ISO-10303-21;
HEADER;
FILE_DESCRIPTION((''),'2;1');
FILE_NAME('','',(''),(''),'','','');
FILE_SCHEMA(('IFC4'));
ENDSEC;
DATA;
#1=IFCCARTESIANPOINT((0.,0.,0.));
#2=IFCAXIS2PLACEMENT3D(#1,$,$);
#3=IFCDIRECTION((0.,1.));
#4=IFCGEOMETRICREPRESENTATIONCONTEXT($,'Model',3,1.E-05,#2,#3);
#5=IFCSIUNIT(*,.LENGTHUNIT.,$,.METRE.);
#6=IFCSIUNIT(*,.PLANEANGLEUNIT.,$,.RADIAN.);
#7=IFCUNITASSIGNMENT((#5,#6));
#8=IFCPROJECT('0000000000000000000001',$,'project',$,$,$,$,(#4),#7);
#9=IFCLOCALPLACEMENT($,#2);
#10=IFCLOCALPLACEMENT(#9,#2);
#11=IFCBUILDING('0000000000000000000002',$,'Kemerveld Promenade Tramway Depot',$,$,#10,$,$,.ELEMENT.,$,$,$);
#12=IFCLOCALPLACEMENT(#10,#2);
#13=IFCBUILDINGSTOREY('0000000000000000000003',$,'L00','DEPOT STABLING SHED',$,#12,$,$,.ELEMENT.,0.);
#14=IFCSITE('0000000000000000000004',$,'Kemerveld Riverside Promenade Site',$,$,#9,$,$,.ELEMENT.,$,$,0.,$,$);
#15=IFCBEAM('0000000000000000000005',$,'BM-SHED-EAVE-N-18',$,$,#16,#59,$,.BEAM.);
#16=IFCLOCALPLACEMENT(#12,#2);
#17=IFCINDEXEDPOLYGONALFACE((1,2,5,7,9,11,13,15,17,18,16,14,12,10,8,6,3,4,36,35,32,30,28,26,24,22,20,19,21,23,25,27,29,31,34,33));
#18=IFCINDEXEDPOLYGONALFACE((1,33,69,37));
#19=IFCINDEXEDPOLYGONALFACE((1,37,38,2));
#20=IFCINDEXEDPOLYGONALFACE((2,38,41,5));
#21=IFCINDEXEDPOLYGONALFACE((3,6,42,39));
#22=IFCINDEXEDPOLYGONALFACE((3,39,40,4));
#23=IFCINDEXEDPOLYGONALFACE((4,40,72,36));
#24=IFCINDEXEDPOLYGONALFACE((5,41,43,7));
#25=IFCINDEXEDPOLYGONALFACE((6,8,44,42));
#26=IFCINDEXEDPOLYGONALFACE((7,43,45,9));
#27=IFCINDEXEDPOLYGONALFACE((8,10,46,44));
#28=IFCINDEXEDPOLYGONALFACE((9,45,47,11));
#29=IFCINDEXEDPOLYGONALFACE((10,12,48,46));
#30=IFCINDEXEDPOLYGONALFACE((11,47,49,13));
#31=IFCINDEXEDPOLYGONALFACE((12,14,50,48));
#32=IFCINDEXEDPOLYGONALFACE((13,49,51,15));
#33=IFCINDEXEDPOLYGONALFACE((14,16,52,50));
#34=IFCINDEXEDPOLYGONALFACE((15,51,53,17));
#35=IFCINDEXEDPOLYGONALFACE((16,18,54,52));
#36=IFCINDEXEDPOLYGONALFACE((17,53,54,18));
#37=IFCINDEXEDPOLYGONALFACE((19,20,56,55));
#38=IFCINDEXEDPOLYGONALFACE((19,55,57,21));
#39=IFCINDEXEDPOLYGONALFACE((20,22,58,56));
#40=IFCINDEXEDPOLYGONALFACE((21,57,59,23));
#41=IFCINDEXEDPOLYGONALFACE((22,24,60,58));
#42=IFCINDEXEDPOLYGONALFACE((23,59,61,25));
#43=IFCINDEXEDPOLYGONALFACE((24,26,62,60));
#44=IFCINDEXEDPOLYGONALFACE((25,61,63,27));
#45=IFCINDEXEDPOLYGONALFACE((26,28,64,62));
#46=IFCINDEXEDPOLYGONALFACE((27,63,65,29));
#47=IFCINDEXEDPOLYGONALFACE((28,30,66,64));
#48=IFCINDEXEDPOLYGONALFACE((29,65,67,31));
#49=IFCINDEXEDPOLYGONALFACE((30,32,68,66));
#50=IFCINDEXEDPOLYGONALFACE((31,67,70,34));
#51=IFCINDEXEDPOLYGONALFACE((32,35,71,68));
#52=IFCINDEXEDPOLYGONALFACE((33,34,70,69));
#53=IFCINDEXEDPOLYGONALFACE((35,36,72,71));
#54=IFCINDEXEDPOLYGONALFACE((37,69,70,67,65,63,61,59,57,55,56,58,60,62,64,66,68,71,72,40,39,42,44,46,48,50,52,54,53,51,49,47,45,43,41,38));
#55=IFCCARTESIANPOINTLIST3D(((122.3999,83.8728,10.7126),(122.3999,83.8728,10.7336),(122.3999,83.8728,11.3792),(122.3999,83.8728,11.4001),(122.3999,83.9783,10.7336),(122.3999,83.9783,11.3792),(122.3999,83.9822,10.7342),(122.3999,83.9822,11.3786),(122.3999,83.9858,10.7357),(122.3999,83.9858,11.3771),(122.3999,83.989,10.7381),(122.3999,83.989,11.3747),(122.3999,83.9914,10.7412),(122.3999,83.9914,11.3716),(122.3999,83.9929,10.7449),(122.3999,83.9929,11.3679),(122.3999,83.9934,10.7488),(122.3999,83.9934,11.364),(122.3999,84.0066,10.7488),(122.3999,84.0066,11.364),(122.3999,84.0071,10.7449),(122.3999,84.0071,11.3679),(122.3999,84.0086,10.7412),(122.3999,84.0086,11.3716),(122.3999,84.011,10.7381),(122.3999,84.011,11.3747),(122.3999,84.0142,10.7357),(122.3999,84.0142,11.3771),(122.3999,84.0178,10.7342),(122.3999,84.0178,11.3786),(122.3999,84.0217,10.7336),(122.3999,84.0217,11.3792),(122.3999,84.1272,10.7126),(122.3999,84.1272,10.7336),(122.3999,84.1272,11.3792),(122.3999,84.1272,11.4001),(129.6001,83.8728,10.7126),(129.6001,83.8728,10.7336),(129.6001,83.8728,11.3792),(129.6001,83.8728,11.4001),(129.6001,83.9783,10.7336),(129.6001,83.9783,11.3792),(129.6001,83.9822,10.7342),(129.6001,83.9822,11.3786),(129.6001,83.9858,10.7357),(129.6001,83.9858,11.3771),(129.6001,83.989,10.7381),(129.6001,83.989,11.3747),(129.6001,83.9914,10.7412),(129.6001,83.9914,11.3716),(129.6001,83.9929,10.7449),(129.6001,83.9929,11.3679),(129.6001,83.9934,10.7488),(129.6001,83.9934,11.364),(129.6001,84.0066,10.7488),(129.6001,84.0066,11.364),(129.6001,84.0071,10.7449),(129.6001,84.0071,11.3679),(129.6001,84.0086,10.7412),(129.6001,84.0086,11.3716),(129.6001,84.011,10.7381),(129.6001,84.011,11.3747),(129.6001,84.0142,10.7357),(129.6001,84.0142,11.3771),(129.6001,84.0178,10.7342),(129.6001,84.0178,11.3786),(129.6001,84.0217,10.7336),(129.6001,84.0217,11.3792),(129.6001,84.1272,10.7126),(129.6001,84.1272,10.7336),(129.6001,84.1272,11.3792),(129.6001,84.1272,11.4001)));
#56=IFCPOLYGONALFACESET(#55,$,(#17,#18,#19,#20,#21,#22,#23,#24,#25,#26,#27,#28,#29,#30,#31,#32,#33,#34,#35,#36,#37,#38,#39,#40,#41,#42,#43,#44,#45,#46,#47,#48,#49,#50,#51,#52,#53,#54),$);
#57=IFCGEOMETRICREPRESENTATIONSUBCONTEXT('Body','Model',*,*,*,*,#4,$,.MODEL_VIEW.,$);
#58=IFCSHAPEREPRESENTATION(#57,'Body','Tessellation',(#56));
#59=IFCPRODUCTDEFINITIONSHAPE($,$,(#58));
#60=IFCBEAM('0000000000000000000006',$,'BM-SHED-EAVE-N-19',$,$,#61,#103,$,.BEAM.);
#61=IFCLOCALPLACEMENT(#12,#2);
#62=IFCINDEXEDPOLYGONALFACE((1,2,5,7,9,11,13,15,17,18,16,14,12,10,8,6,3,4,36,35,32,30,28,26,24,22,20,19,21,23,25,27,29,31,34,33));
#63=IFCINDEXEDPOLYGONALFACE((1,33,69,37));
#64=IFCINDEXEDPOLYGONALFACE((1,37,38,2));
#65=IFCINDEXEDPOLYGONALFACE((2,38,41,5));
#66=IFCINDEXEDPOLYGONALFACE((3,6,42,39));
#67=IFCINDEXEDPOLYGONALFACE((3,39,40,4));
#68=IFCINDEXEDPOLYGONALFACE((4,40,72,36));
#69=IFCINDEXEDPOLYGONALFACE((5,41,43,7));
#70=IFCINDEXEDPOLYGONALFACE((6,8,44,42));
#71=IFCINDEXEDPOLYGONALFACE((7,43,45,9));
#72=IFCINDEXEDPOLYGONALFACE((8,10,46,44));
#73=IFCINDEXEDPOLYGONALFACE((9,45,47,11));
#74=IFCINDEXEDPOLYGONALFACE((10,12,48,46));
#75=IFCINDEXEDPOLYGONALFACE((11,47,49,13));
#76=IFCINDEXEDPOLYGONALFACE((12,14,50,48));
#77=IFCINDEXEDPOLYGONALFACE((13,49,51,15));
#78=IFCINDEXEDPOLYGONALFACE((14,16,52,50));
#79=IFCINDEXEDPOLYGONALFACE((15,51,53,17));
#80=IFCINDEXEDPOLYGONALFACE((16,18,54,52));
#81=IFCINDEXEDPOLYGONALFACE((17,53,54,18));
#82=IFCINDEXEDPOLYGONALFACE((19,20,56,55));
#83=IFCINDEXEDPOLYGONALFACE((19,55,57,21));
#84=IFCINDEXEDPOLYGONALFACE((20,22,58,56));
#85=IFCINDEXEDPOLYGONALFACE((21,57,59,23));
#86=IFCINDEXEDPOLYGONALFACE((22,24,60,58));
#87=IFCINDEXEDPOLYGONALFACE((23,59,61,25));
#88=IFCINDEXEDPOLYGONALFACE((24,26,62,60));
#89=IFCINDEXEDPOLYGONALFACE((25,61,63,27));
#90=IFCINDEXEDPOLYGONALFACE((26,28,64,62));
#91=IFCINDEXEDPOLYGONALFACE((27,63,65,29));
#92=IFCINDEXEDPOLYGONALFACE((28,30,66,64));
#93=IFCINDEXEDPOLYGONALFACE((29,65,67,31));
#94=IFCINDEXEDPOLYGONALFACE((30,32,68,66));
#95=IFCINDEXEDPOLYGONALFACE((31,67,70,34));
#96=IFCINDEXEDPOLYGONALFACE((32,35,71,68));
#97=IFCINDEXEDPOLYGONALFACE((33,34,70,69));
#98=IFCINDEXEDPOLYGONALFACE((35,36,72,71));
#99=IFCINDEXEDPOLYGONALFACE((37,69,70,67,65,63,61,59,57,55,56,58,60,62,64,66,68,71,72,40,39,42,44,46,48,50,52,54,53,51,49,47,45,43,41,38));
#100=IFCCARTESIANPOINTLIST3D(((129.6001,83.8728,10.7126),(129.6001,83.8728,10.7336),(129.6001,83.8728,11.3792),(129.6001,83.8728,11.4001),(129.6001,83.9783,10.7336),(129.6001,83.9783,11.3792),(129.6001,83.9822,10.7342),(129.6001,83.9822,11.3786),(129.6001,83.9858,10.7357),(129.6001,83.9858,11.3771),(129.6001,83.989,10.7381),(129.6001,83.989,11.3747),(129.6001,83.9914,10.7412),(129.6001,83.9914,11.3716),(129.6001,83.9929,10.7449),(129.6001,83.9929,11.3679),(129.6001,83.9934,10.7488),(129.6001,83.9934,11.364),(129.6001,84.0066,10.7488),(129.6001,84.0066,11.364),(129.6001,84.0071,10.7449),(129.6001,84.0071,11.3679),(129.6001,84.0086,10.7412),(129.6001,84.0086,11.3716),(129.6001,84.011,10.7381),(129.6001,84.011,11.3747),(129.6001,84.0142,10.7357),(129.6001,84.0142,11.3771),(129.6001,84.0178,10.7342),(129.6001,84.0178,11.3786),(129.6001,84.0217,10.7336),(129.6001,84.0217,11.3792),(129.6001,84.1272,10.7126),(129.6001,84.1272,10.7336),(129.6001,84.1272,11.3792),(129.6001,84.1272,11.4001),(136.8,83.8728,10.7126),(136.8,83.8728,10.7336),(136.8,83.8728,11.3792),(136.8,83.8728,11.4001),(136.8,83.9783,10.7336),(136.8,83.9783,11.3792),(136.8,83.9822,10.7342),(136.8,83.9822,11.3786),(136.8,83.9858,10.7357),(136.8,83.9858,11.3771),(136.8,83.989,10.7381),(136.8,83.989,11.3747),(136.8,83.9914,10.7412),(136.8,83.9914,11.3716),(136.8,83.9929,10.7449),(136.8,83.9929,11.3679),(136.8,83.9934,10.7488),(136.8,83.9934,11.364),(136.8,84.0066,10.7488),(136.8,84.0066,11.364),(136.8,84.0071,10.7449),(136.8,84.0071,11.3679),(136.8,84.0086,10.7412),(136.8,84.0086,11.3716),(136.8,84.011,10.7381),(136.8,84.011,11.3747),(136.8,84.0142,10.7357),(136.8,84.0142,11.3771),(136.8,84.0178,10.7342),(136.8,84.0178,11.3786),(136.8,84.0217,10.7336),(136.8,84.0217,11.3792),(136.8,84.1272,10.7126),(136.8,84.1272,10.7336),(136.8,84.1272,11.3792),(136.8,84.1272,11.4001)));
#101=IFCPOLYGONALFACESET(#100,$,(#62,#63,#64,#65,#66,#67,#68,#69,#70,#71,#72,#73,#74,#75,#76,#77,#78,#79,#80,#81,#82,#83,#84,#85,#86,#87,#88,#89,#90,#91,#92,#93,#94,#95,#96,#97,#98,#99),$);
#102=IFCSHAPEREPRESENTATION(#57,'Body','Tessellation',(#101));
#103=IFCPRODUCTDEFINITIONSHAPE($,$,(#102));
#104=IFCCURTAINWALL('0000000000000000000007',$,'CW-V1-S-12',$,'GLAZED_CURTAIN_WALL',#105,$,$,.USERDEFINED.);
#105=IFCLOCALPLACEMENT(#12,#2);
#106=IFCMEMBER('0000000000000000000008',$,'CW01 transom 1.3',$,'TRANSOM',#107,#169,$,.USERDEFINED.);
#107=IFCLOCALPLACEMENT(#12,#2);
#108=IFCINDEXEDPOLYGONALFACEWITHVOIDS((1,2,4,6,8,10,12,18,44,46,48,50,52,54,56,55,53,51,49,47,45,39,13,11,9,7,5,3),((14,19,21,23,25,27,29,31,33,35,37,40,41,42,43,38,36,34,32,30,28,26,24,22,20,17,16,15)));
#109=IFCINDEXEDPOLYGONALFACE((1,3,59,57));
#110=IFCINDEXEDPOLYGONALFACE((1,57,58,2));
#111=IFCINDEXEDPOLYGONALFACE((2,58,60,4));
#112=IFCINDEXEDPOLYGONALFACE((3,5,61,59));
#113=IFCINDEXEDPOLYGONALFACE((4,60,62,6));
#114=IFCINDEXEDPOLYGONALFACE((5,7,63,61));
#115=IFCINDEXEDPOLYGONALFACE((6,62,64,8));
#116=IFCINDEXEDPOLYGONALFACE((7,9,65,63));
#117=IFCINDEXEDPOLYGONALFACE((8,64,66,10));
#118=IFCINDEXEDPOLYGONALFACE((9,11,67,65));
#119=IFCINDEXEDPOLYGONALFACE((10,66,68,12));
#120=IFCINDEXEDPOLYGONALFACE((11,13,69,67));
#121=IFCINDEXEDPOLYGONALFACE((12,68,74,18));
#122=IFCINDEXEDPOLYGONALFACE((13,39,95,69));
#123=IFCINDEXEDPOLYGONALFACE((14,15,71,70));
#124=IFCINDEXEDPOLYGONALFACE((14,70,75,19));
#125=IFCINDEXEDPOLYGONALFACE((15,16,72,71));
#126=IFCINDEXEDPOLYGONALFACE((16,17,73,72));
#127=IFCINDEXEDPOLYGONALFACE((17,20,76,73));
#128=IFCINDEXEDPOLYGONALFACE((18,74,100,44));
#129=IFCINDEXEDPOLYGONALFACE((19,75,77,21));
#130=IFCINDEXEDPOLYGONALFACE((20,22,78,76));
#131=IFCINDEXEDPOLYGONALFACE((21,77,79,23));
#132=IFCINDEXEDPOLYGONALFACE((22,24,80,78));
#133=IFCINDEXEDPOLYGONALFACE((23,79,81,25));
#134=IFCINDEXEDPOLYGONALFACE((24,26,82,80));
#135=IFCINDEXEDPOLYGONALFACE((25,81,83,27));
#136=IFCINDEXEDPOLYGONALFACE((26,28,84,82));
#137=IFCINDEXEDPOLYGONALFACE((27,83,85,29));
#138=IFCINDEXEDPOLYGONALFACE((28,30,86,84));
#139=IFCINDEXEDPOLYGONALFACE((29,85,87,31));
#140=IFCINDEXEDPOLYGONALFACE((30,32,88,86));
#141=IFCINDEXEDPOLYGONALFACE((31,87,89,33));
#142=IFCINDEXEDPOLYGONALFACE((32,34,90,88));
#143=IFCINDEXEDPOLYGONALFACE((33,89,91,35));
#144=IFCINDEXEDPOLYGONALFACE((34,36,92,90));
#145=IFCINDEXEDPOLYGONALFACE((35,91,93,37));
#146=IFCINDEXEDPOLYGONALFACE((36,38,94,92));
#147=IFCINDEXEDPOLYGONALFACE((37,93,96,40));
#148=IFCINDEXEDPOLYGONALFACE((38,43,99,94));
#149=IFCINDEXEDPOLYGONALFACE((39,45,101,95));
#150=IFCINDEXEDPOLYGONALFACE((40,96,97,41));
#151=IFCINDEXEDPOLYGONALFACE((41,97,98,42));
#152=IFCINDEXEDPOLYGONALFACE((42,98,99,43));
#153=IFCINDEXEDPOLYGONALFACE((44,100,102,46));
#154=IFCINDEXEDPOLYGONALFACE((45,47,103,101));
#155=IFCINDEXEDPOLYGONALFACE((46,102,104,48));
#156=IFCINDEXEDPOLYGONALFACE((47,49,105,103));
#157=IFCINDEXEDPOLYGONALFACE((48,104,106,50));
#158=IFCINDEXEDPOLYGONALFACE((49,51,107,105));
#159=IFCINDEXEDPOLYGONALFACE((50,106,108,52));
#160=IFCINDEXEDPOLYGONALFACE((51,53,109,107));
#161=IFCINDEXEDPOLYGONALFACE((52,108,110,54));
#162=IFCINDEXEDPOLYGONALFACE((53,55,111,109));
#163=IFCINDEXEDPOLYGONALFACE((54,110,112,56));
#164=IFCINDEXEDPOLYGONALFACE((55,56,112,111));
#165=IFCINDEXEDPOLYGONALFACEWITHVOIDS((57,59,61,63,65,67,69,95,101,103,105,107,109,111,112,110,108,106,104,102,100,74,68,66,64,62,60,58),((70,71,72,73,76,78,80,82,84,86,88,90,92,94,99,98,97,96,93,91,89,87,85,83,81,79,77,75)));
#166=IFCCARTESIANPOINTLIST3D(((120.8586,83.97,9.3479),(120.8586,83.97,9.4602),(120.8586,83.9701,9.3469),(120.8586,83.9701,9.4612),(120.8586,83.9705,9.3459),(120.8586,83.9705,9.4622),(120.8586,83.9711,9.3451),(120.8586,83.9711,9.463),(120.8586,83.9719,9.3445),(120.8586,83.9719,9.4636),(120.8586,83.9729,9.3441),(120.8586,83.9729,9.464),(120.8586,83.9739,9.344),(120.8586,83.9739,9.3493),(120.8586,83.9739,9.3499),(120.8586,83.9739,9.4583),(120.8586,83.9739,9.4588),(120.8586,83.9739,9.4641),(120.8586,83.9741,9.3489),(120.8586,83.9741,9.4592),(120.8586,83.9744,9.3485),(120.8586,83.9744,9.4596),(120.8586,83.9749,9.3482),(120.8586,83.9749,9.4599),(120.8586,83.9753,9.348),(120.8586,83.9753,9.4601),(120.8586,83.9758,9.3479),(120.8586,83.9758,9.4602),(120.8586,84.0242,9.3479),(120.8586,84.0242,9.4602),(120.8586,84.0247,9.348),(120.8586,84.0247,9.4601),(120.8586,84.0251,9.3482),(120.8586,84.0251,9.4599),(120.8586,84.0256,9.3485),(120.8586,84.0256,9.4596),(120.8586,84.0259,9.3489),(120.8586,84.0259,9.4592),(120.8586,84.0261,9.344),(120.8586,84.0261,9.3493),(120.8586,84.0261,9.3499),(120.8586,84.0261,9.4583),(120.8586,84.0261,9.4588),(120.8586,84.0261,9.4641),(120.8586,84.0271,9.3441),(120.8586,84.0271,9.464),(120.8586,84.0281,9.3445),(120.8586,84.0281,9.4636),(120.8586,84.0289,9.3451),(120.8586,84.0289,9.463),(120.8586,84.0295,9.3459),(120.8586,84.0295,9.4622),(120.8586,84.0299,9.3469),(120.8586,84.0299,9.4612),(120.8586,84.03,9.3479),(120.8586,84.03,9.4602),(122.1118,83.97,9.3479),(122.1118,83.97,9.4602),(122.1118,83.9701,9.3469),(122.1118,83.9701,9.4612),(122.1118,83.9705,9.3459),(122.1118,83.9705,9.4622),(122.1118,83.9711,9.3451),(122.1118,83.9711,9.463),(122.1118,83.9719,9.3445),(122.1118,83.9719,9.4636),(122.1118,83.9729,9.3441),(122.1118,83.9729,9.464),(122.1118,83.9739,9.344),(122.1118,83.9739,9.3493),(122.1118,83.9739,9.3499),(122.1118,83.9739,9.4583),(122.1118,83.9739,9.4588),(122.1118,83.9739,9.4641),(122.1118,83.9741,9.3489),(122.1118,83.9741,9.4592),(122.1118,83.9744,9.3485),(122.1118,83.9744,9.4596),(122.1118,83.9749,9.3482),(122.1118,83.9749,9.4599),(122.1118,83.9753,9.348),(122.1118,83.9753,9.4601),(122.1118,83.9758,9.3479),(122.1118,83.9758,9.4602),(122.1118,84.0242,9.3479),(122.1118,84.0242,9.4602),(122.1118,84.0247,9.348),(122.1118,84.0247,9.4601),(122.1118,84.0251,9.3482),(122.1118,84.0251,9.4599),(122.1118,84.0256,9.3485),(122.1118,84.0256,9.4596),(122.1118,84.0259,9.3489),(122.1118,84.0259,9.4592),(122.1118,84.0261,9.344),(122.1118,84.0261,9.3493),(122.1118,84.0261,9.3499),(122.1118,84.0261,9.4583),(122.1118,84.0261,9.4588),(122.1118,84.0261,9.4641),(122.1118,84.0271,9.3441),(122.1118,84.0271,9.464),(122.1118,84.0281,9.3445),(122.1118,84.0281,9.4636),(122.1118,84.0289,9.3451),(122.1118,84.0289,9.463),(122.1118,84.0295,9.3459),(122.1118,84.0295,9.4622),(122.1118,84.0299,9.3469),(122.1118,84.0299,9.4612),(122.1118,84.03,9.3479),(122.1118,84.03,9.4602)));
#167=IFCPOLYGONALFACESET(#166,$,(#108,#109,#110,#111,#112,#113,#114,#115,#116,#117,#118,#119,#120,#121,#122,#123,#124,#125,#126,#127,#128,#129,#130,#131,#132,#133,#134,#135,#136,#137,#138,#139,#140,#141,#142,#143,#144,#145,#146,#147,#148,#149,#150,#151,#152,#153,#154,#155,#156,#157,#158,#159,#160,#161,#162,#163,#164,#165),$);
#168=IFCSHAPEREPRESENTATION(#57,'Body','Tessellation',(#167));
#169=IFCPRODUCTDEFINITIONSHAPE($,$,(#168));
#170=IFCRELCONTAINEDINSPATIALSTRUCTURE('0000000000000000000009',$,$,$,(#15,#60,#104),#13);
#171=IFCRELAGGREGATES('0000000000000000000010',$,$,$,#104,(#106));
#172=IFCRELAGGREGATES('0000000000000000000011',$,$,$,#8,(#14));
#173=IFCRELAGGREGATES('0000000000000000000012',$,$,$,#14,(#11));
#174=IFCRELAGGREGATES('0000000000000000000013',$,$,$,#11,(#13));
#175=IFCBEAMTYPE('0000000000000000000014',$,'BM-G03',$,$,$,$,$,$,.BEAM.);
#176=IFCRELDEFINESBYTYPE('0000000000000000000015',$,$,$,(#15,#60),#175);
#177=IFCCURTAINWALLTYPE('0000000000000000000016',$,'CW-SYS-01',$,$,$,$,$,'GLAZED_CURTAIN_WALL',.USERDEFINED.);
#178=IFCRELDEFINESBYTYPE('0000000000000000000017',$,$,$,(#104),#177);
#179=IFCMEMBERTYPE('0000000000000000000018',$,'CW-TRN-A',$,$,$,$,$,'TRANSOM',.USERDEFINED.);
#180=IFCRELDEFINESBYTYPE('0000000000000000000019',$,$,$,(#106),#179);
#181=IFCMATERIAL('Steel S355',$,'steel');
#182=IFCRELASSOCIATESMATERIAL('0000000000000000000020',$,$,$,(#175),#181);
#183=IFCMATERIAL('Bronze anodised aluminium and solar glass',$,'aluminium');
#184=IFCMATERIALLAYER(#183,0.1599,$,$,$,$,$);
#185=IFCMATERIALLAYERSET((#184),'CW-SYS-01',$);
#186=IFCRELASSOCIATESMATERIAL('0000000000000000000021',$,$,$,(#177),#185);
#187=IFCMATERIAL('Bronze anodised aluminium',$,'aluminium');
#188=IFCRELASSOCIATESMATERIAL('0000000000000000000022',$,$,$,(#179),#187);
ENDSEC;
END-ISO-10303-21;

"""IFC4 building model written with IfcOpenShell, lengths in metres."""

from ifc_helpers import new_model, si_unit, direction, frame, origin, origin_2d, place, context, subcontext, project, spatial, hollow_rectangle, i_section, extrude, material, layer, layer_set, material_profile, profile_set, type_object, element, aggregate, save


model = new_model("IFC4")

# Units and contexts
model_context = context("Model", 3, precision=1e-05, world=origin(), true_north=direction((0.0, 1.0)))
body_context = subcontext(model_context, "Body", "Model", "MODEL_VIEW")
ifc_project = project(units=[si_unit("LENGTHUNIT", "METRE"), si_unit("PLANEANGLEUNIT", "RADIAN")], contexts=[model_context])

# Site, building, storey
site_placement = place(None, origin())
site = spatial("IfcSite", under=ifc_project, at=site_placement, Name="Kemerveld Riverside Promenade Site", CompositionType="ELEMENT", RefElevation=0.0)
building_placement = place(site_placement, origin())
building = spatial("IfcBuilding", under=site, at=building_placement, Name="Kemerveld Promenade Tramway Depot", CompositionType="ELEMENT")
storey_placement = place(building_placement, origin())
storey = spatial("IfcBuildingStorey", under=building, at=storey_placement, Name="L00", Description="DEPOT STABLING SHED", CompositionType="ELEMENT", Elevation=0.0)

# Beams
ifc_material_1 = material(Name="Steel S355", Category="steel")
ifc_material_profile_1 = material_profile(ifc_material_1, i_section(OverallWidth=0.2544, OverallDepth=0.6875, WebThickness=0.0132, FlangeThickness=0.021, FilletRadius=0.0151, at=origin_2d()), Name="686x254x152 UB")
ifc_profile_set_1 = profile_set([ifc_material_profile_1], Name="Steel S355")
beam_type = type_object("IfcBeamType", Name="BM-G03", PredefinedType="BEAM", material=ifc_profile_set_1)
beam_1_placement = place(storey_placement, frame((122.3999, 84.0, 11.0564), z_axis=(1.0, 0.0, 0.0), x_axis=(0.0, 1.0, 0.0)))
element("IfcBeam", 1, at=beam_1_placement, inside=storey, type_object=beam_type, Name="BM-SHED-EAVE-N-18", PredefinedType="BEAM", context=body_context, shape_type="SweptSolid", body=[
    extrude(i_section(OverallWidth=0.2544, OverallDepth=0.6875, WebThickness=0.0132, FlangeThickness=0.021, FilletRadius=0.0151, at=origin_2d()), origin(), (0.0, 0.0, 1.0), 7.2002),
])
beam_2_placement = place(storey_placement, frame((129.6001, 84.0, 11.0564), z_axis=(1.0, 0.0, 0.0), x_axis=(0.0, 1.0, 0.0)))
element("IfcBeam", 2, at=beam_2_placement, inside=storey, type_object=beam_type, Name="BM-SHED-EAVE-N-19", PredefinedType="BEAM", context=body_context, shape_type="SweptSolid", body=[
    extrude(i_section(OverallWidth=0.2544, OverallDepth=0.6875, WebThickness=0.0132, FlangeThickness=0.021, FilletRadius=0.0151, at=origin_2d()), origin(), (0.0, 0.0, 1.0), 7.2),
])

# Curtain wall, member
ifc_material_2 = material(Name="Bronze anodised aluminium and solar glass", Category="aluminium")
ifc_layer_1 = layer(ifc_material_2, 0.1599)
ifc_layer_set_1 = layer_set([ifc_layer_1], Name="CW-SYS-01")
curtain_wall_type_1 = type_object("IfcCurtainWallType", Name="CW-SYS-01", ElementType="GLAZED_CURTAIN_WALL", PredefinedType="USERDEFINED", material=ifc_layer_set_1)
curtain_wall_1_placement = place(storey_placement, origin())
curtain_wall_1 = element("IfcCurtainWall", 3, at=curtain_wall_1_placement, inside=storey, type_object=curtain_wall_type_1, Name="CW-V1-S-12", ObjectType="GLAZED_CURTAIN_WALL", PredefinedType="USERDEFINED")
ifc_material_3 = material(Name="Bronze anodised aluminium", Category="aluminium")
ifc_material_profile_2 = material_profile(ifc_material_3, hollow_rectangle(XDim=0.0601, YDim=0.1201, WallThickness=0.0039, InnerFilletRadius=0.002, OuterFilletRadius=0.0039, at=origin_2d()), Name="CW-TRN-120x60")
ifc_profile_set_2 = profile_set([ifc_material_profile_2], Name="Bronze anodised aluminium")
member_type_1 = type_object("IfcMemberType", Name="CW-TRN-A", ElementType="TRANSOM", PredefinedType="USERDEFINED", material=ifc_profile_set_2)
member_1_placement = place(storey_placement, frame((122.1118, 84.0, 9.4041), z_axis=(-1.0, 0.0, 0.0), x_axis=(0.0, -1.0, 0.0)))
member_1 = element("IfcMember", 4, at=member_1_placement, type_object=member_type_1, Name="CW01 transom 1.3", ObjectType="TRANSOM", PredefinedType="USERDEFINED", context=body_context, shape_type="SweptSolid", body=[
    extrude(hollow_rectangle(XDim=0.0601, YDim=0.1201, WallThickness=0.0039, InnerFilletRadius=0.002, OuterFilletRadius=0.0039, at=origin_2d()), origin(), (0.0, 0.0, 1.0), 1.2532),
])

aggregate(curtain_wall_1, [member_1])

save(model, "model.ifc")
